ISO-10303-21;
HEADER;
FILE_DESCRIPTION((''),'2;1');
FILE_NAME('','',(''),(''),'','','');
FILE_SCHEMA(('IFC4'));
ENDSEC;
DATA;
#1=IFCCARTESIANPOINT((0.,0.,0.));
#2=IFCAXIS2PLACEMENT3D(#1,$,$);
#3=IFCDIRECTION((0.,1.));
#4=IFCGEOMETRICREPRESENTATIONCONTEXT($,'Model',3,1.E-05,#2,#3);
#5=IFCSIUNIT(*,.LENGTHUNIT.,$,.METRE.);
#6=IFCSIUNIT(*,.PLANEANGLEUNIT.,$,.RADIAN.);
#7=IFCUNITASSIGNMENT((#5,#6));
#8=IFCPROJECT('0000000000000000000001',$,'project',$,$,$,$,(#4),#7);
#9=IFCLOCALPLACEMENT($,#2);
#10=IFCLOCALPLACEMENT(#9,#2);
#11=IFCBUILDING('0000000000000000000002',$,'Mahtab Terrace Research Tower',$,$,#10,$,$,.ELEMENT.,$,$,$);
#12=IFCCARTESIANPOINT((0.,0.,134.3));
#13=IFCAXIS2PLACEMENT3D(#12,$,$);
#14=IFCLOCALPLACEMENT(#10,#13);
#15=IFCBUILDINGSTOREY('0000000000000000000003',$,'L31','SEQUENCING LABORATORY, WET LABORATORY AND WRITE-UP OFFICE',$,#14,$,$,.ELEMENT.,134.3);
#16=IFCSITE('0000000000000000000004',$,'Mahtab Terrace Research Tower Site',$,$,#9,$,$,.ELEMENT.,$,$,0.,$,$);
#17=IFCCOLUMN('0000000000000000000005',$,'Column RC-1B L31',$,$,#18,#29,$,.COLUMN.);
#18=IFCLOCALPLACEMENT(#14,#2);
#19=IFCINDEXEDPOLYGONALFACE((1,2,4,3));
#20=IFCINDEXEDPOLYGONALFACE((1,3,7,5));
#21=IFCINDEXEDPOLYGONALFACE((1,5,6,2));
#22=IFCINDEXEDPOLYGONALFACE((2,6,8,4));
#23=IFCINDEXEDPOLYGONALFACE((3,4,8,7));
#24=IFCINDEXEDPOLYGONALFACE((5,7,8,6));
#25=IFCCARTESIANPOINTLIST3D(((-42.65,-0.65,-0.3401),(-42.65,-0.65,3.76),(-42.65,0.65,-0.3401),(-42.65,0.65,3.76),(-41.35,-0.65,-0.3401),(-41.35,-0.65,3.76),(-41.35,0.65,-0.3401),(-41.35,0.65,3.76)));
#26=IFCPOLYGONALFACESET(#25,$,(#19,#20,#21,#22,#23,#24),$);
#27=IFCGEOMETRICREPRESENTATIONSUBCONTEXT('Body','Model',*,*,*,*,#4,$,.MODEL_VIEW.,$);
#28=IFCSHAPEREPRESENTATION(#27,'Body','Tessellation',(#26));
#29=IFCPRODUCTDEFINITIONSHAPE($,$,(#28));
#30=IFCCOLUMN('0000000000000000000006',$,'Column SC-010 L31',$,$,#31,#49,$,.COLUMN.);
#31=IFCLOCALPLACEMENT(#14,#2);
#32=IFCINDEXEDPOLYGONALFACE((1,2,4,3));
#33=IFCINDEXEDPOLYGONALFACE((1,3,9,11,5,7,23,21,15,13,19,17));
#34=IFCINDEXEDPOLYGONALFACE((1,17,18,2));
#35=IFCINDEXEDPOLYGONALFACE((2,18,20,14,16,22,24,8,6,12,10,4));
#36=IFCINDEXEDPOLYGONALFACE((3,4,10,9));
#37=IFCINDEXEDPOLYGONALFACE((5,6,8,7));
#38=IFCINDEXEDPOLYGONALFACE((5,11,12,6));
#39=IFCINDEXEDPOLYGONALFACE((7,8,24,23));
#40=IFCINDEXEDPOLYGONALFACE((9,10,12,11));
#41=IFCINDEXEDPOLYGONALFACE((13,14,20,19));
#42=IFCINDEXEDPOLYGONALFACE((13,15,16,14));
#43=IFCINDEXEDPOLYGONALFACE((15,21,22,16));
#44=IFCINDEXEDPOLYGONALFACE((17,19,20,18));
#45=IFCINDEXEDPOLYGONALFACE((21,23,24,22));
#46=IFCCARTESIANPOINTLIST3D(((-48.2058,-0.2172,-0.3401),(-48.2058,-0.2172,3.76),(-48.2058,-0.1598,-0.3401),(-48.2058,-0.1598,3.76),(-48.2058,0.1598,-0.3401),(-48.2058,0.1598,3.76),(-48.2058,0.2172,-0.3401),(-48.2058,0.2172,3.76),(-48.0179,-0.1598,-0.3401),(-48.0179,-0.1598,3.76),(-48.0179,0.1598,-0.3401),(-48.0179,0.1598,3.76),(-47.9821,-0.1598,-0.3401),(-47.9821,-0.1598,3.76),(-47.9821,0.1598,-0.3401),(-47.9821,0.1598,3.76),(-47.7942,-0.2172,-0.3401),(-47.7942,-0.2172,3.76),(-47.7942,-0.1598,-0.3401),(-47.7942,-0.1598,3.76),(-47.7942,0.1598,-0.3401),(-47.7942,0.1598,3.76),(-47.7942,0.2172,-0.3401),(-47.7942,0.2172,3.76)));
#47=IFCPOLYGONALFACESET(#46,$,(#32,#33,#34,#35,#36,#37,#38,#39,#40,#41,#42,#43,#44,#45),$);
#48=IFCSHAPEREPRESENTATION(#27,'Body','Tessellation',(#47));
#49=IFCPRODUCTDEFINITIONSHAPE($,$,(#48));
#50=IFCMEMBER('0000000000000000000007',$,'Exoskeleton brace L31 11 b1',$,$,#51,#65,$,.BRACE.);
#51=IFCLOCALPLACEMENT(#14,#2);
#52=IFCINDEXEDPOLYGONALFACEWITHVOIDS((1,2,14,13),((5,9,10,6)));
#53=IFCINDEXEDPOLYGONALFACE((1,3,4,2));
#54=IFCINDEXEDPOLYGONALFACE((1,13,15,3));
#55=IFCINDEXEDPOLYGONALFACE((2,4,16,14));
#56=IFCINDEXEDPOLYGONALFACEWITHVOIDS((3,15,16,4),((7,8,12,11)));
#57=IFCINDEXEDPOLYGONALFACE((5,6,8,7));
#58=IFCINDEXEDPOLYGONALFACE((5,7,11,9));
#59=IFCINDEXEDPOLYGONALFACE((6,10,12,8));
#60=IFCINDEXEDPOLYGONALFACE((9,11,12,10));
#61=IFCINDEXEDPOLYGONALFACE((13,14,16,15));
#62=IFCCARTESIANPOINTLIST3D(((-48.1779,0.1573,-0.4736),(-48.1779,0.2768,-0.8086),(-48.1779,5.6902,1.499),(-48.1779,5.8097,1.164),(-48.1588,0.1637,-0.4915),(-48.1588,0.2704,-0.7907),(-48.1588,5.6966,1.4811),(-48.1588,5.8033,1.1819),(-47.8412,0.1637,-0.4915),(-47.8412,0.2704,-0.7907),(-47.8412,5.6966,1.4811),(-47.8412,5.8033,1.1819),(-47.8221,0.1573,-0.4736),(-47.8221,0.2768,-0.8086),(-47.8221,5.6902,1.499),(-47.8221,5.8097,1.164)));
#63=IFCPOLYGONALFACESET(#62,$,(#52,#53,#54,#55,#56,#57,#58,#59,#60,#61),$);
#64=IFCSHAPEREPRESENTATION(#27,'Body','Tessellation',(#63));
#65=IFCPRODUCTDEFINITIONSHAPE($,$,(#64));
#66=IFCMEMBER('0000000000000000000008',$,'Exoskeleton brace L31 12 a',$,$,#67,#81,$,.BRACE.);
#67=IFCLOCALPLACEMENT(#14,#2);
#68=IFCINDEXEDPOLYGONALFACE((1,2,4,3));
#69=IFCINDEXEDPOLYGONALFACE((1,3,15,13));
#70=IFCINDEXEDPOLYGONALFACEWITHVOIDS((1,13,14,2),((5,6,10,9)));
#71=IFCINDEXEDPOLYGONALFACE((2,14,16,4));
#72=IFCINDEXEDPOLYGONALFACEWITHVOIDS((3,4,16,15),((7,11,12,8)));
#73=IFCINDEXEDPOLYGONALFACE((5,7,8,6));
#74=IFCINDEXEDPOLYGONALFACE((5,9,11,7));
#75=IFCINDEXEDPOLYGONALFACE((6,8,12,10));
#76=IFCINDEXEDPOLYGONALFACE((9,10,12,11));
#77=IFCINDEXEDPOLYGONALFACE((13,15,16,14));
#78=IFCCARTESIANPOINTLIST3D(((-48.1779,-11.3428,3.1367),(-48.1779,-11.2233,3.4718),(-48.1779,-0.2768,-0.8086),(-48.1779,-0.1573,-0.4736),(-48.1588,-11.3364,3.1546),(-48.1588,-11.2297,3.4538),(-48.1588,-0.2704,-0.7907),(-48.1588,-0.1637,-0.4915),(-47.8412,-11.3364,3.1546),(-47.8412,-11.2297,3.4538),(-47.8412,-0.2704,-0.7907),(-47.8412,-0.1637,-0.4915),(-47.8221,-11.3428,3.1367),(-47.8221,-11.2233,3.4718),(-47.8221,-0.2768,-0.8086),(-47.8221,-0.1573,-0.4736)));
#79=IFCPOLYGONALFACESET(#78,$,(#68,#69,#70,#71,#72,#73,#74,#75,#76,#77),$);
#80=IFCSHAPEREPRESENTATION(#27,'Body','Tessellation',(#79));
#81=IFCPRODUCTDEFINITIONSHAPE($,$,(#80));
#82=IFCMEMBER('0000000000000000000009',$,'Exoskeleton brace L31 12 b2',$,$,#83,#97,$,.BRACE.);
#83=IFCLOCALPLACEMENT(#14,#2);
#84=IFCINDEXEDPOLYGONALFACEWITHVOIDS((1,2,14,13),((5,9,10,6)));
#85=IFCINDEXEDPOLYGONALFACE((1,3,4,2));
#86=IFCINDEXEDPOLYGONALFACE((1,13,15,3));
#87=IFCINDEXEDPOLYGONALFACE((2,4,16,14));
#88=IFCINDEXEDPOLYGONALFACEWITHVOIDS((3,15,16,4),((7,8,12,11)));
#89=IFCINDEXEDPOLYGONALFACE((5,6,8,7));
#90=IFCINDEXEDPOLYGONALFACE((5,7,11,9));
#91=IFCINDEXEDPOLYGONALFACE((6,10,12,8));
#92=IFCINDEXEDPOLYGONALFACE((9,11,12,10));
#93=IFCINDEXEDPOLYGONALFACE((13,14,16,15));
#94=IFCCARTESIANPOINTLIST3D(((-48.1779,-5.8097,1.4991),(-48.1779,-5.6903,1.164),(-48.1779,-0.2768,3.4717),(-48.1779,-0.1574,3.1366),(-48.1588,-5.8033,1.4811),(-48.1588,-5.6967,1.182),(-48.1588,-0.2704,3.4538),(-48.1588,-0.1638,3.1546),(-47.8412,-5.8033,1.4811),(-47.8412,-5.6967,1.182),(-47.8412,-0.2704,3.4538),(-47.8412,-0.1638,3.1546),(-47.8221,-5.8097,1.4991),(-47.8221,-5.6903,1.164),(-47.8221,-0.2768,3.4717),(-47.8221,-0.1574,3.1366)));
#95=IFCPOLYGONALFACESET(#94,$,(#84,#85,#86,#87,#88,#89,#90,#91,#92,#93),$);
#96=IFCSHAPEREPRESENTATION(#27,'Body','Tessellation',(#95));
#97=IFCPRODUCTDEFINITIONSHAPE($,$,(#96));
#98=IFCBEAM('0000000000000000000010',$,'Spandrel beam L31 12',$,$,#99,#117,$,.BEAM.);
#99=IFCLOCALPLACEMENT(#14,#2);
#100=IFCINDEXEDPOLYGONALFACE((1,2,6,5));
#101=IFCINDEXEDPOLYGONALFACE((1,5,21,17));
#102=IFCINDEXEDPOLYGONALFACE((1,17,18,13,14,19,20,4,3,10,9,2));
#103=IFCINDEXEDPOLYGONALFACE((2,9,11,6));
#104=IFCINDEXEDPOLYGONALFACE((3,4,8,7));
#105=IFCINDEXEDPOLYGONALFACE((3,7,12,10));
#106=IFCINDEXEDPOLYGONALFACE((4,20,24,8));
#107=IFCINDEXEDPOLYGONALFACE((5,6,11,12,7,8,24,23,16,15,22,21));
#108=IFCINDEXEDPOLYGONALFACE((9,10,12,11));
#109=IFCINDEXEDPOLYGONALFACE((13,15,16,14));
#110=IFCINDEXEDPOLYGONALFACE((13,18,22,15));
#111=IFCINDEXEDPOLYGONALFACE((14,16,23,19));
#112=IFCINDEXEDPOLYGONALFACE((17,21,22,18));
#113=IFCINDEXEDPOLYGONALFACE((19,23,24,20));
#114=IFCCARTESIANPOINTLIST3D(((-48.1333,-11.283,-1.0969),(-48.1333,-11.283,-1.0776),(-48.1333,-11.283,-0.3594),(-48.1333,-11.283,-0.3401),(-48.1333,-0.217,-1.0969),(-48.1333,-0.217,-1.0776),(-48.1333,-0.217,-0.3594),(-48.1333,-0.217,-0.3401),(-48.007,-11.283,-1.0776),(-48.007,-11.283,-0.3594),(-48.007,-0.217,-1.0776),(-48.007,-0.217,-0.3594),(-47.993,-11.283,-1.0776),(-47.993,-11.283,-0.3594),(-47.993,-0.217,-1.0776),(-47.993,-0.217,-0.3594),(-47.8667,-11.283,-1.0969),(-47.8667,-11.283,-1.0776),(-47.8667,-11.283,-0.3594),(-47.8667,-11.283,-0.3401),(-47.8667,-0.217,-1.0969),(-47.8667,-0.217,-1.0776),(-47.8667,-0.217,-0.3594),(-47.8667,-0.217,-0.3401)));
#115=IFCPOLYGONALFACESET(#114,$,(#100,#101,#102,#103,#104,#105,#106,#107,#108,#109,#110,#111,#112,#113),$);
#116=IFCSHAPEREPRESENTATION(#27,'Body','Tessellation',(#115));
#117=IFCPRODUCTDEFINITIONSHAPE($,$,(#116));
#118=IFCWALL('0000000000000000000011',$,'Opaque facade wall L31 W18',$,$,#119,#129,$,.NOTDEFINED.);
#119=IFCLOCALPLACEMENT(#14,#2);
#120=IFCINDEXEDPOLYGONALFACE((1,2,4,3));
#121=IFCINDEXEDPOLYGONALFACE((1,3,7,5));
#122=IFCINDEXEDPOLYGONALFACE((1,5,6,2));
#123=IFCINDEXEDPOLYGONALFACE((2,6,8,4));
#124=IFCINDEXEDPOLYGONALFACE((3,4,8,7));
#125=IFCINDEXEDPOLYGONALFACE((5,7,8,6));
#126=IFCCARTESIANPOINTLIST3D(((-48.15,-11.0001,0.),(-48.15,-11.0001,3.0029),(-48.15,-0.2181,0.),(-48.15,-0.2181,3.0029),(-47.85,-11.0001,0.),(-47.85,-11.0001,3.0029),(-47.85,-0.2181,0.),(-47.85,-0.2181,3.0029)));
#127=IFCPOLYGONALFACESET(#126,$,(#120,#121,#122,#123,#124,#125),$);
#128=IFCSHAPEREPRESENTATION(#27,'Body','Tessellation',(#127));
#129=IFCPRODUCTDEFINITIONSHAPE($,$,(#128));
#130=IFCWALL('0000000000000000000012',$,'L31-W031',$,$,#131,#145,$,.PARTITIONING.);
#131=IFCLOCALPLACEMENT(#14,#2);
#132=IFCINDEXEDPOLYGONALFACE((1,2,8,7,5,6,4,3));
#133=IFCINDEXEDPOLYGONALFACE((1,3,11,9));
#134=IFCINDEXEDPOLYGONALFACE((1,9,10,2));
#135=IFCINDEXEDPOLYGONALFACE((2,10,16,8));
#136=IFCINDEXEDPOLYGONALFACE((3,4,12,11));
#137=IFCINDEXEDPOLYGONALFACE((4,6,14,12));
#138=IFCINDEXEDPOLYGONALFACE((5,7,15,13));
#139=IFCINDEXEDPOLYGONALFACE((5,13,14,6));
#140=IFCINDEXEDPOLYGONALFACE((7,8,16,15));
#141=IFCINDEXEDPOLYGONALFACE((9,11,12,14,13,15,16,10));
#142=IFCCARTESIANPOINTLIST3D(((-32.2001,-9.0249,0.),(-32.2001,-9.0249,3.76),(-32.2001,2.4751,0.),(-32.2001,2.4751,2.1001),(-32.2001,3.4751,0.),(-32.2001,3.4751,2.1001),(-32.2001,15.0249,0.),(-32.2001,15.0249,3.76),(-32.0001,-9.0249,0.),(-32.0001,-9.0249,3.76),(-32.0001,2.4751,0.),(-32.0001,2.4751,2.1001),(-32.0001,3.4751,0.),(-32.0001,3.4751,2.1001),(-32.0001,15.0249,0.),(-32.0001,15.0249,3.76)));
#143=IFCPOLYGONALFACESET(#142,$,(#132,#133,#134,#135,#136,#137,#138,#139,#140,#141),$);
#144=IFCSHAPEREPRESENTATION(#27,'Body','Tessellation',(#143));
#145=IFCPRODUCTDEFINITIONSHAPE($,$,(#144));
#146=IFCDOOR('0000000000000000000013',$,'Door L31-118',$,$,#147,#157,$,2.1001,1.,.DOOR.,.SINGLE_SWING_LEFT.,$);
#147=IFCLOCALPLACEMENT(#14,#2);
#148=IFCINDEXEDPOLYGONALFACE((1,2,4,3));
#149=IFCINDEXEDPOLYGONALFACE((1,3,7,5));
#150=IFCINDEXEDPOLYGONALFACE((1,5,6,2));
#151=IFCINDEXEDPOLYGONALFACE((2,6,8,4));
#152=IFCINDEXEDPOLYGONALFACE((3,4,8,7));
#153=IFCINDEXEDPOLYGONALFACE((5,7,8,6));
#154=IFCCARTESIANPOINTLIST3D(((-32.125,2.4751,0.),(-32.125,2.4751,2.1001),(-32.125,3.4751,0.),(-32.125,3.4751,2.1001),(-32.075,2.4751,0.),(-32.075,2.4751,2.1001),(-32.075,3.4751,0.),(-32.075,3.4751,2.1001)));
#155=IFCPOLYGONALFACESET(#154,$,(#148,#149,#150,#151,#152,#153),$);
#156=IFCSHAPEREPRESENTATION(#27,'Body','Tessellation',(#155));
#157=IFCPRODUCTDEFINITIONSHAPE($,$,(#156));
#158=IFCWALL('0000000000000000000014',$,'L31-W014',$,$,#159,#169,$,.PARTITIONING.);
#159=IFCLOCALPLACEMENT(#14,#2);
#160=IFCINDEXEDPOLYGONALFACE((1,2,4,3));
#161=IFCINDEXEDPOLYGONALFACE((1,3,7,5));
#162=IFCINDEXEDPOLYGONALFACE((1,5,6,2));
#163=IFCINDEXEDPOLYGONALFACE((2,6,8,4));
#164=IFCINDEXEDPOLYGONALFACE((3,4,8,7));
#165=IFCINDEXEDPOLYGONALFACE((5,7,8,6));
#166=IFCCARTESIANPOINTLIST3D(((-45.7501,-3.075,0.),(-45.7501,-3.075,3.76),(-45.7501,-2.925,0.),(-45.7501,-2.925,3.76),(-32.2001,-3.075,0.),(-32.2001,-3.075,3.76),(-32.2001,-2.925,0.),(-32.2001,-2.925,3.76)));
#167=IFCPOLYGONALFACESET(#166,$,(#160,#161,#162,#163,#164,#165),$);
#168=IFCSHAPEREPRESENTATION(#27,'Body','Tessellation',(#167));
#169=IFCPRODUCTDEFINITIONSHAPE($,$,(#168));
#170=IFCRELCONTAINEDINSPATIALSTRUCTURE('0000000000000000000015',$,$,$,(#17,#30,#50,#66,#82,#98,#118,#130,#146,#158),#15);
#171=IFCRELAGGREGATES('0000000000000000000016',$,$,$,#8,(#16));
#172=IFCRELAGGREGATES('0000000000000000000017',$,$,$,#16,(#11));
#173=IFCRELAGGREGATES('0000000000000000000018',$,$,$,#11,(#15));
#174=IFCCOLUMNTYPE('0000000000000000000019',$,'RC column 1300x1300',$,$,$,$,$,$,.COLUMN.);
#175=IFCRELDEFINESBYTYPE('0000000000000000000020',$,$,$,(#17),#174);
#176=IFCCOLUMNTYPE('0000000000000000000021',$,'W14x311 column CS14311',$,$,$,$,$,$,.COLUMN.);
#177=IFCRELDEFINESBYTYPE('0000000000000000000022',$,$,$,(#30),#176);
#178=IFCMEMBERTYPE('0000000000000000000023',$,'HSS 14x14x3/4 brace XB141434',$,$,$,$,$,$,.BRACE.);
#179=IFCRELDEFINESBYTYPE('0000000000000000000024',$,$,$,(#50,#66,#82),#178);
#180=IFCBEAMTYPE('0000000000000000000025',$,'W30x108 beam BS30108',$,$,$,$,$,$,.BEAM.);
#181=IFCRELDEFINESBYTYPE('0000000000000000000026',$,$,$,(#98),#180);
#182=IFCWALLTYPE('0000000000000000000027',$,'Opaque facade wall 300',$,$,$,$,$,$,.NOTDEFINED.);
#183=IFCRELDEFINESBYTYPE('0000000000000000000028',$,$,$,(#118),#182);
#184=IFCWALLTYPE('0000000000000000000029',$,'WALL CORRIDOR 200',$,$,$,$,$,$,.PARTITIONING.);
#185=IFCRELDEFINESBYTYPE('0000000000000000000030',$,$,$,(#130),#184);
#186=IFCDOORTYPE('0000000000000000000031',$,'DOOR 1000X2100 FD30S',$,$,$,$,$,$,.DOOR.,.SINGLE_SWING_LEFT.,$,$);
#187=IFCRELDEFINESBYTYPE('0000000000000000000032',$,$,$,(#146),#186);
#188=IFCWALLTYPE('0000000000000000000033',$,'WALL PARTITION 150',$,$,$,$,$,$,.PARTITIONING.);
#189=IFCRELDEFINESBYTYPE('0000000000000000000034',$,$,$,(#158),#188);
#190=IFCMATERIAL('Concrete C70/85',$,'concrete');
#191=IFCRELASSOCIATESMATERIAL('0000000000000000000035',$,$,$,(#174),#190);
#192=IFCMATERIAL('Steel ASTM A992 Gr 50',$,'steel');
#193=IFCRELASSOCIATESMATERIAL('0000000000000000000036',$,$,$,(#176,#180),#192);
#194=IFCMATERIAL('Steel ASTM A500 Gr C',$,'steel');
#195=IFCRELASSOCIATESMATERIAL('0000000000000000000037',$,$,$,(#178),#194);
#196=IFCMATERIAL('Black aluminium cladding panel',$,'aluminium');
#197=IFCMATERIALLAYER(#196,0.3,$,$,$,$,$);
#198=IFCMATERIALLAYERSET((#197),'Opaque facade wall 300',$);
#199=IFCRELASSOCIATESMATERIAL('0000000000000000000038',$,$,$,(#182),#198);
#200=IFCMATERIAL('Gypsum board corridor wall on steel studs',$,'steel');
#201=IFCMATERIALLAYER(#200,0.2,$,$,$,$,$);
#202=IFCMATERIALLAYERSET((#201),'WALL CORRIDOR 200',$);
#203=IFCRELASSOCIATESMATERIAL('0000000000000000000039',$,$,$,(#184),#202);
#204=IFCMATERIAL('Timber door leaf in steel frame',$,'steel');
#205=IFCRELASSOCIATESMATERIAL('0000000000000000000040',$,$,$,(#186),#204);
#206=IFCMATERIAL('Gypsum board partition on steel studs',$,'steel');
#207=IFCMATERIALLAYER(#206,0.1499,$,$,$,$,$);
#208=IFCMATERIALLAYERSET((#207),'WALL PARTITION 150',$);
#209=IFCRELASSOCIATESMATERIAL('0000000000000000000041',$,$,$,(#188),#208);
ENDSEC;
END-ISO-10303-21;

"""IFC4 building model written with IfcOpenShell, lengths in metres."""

from ifc_helpers import new_model, si_unit, direction, frame, frame_2d, origin, origin_2d, place, context, subcontext, project, spatial, rectangle, hollow_rectangle, i_section, extrude, material, layer, layer_set, material_profile, profile_set, type_object, element, fill, save


model = new_model("IFC4")

# Units and contexts
model_context = context("Model", 3, precision=1e-05, world=origin(), true_north=direction((0.0, 1.0)))
body_context = subcontext(model_context, "Body", "Model", "MODEL_VIEW")
ifc_project = project(units=[si_unit("LENGTHUNIT", "METRE"), si_unit("PLANEANGLEUNIT", "RADIAN")], contexts=[model_context])

# Site, building, storey
site_placement = place(None, origin())
site = spatial("IfcSite", under=ifc_project, at=site_placement, Name="Mahtab Terrace Research Tower Site", CompositionType="ELEMENT", RefElevation=0.0)
building_placement = place(site_placement, origin())
building = spatial("IfcBuilding", under=site, at=building_placement, Name="Mahtab Terrace Research Tower", CompositionType="ELEMENT")
storey_placement = place(building_placement, frame((0.0, 0.0, 134.3)))
storey = spatial("IfcBuildingStorey", under=building, at=storey_placement, Name="L31", Description="SEQUENCING LABORATORY, WET LABORATORY AND WRITE-UP OFFICE", CompositionType="ELEMENT", Elevation=134.3)

# Columns
ifc_material_1 = material(Name="Concrete C70/85", Category="concrete")
ifc_material_profile_1 = material_profile(ifc_material_1, rectangle(XDim=1.3, YDim=1.3, at=origin_2d()), Name="RC column 1300x1300")
ifc_profile_set_1 = profile_set([ifc_material_profile_1], Name="Concrete C70/85")
column_type_1 = type_object("IfcColumnType", Name="RC column 1300x1300", PredefinedType="COLUMN", material=ifc_profile_set_1)
column_1_placement = place(storey_placement, frame((-42.0, 0.0, -0.3401), z_axis=(0.0, 0.0, 1.0), x_axis=(1.0, 0.0, 0.0)))
element("IfcColumn", 1, at=column_1_placement, inside=storey, type_object=column_type_1, Name="Column RC-1B L31", PredefinedType="COLUMN", context=body_context, shape_type="SweptSolid", body=[
    extrude(rectangle(XDim=1.3, YDim=1.3, at=origin_2d()), origin(), (0.0, 0.0, 1.0), 4.1001),
])
ifc_material_2 = material(Name="Steel ASTM A992 Gr 50", Category="steel")
ifc_material_profile_2 = material_profile(ifc_material_2, i_section(OverallWidth=0.4116, OverallDepth=0.4343, WebThickness=0.0359, FlangeThickness=0.0574, at=origin_2d()), Name="W14X311")
ifc_profile_set_2 = profile_set([ifc_material_profile_2], Name="Steel ASTM A992 Gr 50")
column_type_2 = type_object("IfcColumnType", Name="W14x311 column CS14311", PredefinedType="COLUMN", material=ifc_profile_set_2)
column_2_placement = place(storey_placement, frame((-48.0, 0.0, -0.3401), z_axis=(0.0, 0.0, 1.0), x_axis=(1.0, 0.0, 0.0)))
element("IfcColumn", 2, at=column_2_placement, inside=storey, type_object=column_type_2, Name="Column SC-010 L31", PredefinedType="COLUMN", context=body_context, shape_type="SweptSolid", body=[
    extrude(i_section(OverallWidth=0.4116, OverallDepth=0.4343, WebThickness=0.0359, FlangeThickness=0.0574, at=origin_2d()), origin(), (0.0, 0.0, 1.0), 4.1001),
])

# Members
ifc_material_3 = material(Name="Steel ASTM A500 Gr C", Category="steel")
ifc_material_profile_3 = material_profile(ifc_material_3, hollow_rectangle(XDim=0.3557, YDim=0.3557, WallThickness=0.019, at=origin_2d()), Name="HSS14X14X3/4")
ifc_profile_set_3 = profile_set([ifc_material_profile_3], Name="Steel ASTM A500 Gr C")
member_type = type_object("IfcMemberType", Name="HSS 14x14x3/4 brace XB141434", PredefinedType="BRACE", material=ifc_profile_set_3)
member_1_placement = place(storey_placement, frame((-48.0, 0.217, -0.6411), z_axis=(0.0, 0.941925, 0.335823), x_axis=(-1.0, 0.0, 0.0)))
element("IfcMember", 3, at=member_1_placement, inside=storey, type_object=member_type, Name="Exoskeleton brace L31 11 b1", PredefinedType="BRACE", context=body_context, shape_type="SweptSolid", body=[
    extrude(hollow_rectangle(XDim=0.3557, YDim=0.3557, WallThickness=0.019, at=origin_2d()), origin(), (0.0, 0.0, 1.0), 5.874),
])
member_2_placement = place(storey_placement, frame((-48.0, -0.217, -0.6411), z_axis=(0.0, -0.941925, 0.335823), x_axis=(1.0, 0.0, 0.0)))
element("IfcMember", 4, at=member_2_placement, inside=storey, type_object=member_type, Name="Exoskeleton brace L31 12 a", PredefinedType="BRACE", context=body_context, shape_type="SweptSolid", body=[
    extrude(hollow_rectangle(XDim=0.3557, YDim=0.3557, WallThickness=0.019, at=origin_2d()), origin(), (0.0, 0.0, 1.0), 11.7483),
])
member_3_placement = place(storey_placement, frame((-48.0, -5.75, 1.3315), z_axis=(0.0, 0.941925, 0.335823), x_axis=(-1.0, 0.0, 0.0)))
element("IfcMember", 5, at=member_3_placement, inside=storey, type_object=member_type, Name="Exoskeleton brace L31 12 b2", PredefinedType="BRACE", context=body_context, shape_type="SweptSolid", body=[
    extrude(hollow_rectangle(XDim=0.3557, YDim=0.3557, WallThickness=0.019, at=origin_2d()), origin(), (0.0, 0.0, 1.0), 5.874),
])

# Beam
ifc_material_profile_4 = material_profile(ifc_material_2, i_section(OverallWidth=0.2666, OverallDepth=0.7568, WebThickness=0.0139, FlangeThickness=0.0193, at=origin_2d()), Name="W30X108")
ifc_profile_set_4 = profile_set([ifc_material_profile_4], Name="Steel ASTM A992 Gr 50")
beam_type = type_object("IfcBeamType", Name="W30x108 beam BS30108", PredefinedType="BEAM", material=ifc_profile_set_4)
beam_placement = place(storey_placement, frame((-48.0, -0.217, -0.7185), z_axis=(0.0, -1.0, 0.0), x_axis=(1.0, 0.0, 0.0)))
element("IfcBeam", 6, at=beam_placement, inside=storey, type_object=beam_type, Name="Spandrel beam L31 12", PredefinedType="BEAM", context=body_context, shape_type="SweptSolid", body=[
    extrude(i_section(OverallWidth=0.2666, OverallDepth=0.7568, WebThickness=0.0139, FlangeThickness=0.0193, at=origin_2d()), origin(), (0.0, 0.0, 1.0), 11.0659),
])

# Wall
ifc_material_4 = material(Name="Black aluminium cladding panel", Category="aluminium")
ifc_layer_1 = layer(ifc_material_4, 0.3)
ifc_layer_set_1 = layer_set([ifc_layer_1], Name="Opaque facade wall 300")
wall_type_1 = type_object("IfcWallType", Name="Opaque facade wall 300", PredefinedType="NOTDEFINED", material=ifc_layer_set_1)
wall_1_placement = place(storey_placement, frame((-48.0, -0.218, 0.0), z_axis=(0.0, 0.0, 1.0), x_axis=(0.0, -1.0, 0.0)))
element("IfcWall", 7, at=wall_1_placement, inside=storey, type_object=wall_type_1, Name="Opaque facade wall L31 W18", PredefinedType="NOTDEFINED", context=body_context, shape_type="SweptSolid", body=[
    extrude(rectangle(XDim=10.782, YDim=0.3, at=frame_2d((5.3911, 0.0))), origin(), (0.0, 0.0, 1.0), 3.0029),
])

# Wall, opening, door
ifc_material_5 = material(Name="Gypsum board corridor wall on steel studs", Category="steel")
ifc_layer_2 = layer(ifc_material_5, 0.2)
ifc_layer_set_2 = layer_set([ifc_layer_2], Name="WALL CORRIDOR 200")
wall_type_2 = type_object("IfcWallType", Name="WALL CORRIDOR 200", PredefinedType="PARTITIONING", material=ifc_layer_set_2)
wall_2_placement = place(storey_placement, frame((-32.1001, -9.0249, 0.0), z_axis=(0.0, 0.0, 1.0), x_axis=(0.0, 1.0, 0.0)))
wall_2 = element("IfcWall", 8, at=wall_2_placement, inside=storey, type_object=wall_type_2, Name="L31-W031", PredefinedType="PARTITIONING", context=body_context, shape_type="SweptSolid", body=[
    extrude(rectangle(XDim=24.0498, YDim=0.2, at=frame_2d((12.0249, 0.0))), origin(), (0.0, 0.0, 1.0), 3.76),
])
opening_placement = place(wall_2_placement, frame((11.5, 0.0, 0.0)))
opening = element("IfcOpeningElement", 9, at=opening_placement, cuts=wall_2, PredefinedType="OPENING", context=body_context, shape_type="SweptSolid", body=[
    extrude(rectangle(XDim=1.0, YDim=2.1001, at=frame_2d((0.5, 1.05))), frame((0.0, 0.1099, 0.0), z_axis=(0.0, -1.0, 0.0), x_axis=(1.0, 0.0, 0.0)), (0.0, 0.0, 1.0), 0.22),
])
ifc_material_6 = material(Name="Timber door leaf in steel frame", Category="steel")
door_type = type_object("IfcDoorType", Name="DOOR 1000X2100 FD30S", OperationType="SINGLE_SWING_LEFT", PredefinedType="DOOR", material=ifc_material_6)
door_placement = place(opening_placement, origin())
door = element("IfcDoor", 10, at=door_placement, inside=storey, type_object=door_type, Name="Door L31-118", OperationType="SINGLE_SWING_LEFT", OverallHeight=2.1001, OverallWidth=1.0, PredefinedType="DOOR", context=body_context, shape_type="SweptSolid", body=[
    extrude(rectangle(XDim=1.0, YDim=2.1001, at=frame_2d((0.5, 1.05))), frame((0.0, 0.0249, 0.0), z_axis=(0.0, -1.0, 0.0), x_axis=(1.0, 0.0, 0.0)), (0.0, 0.0, 1.0), 0.05),
])
fill(opening, door)

# Wall
ifc_material_7 = material(Name="Gypsum board partition on steel studs", Category="steel")
ifc_layer_3 = layer(ifc_material_7, 0.1499)
ifc_layer_set_3 = layer_set([ifc_layer_3], Name="WALL PARTITION 150")
wall_type_3 = type_object("IfcWallType", Name="WALL PARTITION 150", PredefinedType="PARTITIONING", material=ifc_layer_set_3)
wall_3_placement = place(storey_placement, frame((-45.75, -3.0, 0.0), z_axis=(0.0, 0.0, 1.0), x_axis=(1.0, 0.0, 0.0)))
element("IfcWall", 11, at=wall_3_placement, inside=storey, type_object=wall_type_3, Name="L31-W014", PredefinedType="PARTITIONING", context=body_context, shape_type="SweptSolid", body=[
    extrude(rectangle(XDim=13.55, YDim=0.1499, at=frame_2d((6.7749, 0.0))), origin(), (0.0, 0.0, 1.0), 3.76),
])

save(model, "model.ifc")
